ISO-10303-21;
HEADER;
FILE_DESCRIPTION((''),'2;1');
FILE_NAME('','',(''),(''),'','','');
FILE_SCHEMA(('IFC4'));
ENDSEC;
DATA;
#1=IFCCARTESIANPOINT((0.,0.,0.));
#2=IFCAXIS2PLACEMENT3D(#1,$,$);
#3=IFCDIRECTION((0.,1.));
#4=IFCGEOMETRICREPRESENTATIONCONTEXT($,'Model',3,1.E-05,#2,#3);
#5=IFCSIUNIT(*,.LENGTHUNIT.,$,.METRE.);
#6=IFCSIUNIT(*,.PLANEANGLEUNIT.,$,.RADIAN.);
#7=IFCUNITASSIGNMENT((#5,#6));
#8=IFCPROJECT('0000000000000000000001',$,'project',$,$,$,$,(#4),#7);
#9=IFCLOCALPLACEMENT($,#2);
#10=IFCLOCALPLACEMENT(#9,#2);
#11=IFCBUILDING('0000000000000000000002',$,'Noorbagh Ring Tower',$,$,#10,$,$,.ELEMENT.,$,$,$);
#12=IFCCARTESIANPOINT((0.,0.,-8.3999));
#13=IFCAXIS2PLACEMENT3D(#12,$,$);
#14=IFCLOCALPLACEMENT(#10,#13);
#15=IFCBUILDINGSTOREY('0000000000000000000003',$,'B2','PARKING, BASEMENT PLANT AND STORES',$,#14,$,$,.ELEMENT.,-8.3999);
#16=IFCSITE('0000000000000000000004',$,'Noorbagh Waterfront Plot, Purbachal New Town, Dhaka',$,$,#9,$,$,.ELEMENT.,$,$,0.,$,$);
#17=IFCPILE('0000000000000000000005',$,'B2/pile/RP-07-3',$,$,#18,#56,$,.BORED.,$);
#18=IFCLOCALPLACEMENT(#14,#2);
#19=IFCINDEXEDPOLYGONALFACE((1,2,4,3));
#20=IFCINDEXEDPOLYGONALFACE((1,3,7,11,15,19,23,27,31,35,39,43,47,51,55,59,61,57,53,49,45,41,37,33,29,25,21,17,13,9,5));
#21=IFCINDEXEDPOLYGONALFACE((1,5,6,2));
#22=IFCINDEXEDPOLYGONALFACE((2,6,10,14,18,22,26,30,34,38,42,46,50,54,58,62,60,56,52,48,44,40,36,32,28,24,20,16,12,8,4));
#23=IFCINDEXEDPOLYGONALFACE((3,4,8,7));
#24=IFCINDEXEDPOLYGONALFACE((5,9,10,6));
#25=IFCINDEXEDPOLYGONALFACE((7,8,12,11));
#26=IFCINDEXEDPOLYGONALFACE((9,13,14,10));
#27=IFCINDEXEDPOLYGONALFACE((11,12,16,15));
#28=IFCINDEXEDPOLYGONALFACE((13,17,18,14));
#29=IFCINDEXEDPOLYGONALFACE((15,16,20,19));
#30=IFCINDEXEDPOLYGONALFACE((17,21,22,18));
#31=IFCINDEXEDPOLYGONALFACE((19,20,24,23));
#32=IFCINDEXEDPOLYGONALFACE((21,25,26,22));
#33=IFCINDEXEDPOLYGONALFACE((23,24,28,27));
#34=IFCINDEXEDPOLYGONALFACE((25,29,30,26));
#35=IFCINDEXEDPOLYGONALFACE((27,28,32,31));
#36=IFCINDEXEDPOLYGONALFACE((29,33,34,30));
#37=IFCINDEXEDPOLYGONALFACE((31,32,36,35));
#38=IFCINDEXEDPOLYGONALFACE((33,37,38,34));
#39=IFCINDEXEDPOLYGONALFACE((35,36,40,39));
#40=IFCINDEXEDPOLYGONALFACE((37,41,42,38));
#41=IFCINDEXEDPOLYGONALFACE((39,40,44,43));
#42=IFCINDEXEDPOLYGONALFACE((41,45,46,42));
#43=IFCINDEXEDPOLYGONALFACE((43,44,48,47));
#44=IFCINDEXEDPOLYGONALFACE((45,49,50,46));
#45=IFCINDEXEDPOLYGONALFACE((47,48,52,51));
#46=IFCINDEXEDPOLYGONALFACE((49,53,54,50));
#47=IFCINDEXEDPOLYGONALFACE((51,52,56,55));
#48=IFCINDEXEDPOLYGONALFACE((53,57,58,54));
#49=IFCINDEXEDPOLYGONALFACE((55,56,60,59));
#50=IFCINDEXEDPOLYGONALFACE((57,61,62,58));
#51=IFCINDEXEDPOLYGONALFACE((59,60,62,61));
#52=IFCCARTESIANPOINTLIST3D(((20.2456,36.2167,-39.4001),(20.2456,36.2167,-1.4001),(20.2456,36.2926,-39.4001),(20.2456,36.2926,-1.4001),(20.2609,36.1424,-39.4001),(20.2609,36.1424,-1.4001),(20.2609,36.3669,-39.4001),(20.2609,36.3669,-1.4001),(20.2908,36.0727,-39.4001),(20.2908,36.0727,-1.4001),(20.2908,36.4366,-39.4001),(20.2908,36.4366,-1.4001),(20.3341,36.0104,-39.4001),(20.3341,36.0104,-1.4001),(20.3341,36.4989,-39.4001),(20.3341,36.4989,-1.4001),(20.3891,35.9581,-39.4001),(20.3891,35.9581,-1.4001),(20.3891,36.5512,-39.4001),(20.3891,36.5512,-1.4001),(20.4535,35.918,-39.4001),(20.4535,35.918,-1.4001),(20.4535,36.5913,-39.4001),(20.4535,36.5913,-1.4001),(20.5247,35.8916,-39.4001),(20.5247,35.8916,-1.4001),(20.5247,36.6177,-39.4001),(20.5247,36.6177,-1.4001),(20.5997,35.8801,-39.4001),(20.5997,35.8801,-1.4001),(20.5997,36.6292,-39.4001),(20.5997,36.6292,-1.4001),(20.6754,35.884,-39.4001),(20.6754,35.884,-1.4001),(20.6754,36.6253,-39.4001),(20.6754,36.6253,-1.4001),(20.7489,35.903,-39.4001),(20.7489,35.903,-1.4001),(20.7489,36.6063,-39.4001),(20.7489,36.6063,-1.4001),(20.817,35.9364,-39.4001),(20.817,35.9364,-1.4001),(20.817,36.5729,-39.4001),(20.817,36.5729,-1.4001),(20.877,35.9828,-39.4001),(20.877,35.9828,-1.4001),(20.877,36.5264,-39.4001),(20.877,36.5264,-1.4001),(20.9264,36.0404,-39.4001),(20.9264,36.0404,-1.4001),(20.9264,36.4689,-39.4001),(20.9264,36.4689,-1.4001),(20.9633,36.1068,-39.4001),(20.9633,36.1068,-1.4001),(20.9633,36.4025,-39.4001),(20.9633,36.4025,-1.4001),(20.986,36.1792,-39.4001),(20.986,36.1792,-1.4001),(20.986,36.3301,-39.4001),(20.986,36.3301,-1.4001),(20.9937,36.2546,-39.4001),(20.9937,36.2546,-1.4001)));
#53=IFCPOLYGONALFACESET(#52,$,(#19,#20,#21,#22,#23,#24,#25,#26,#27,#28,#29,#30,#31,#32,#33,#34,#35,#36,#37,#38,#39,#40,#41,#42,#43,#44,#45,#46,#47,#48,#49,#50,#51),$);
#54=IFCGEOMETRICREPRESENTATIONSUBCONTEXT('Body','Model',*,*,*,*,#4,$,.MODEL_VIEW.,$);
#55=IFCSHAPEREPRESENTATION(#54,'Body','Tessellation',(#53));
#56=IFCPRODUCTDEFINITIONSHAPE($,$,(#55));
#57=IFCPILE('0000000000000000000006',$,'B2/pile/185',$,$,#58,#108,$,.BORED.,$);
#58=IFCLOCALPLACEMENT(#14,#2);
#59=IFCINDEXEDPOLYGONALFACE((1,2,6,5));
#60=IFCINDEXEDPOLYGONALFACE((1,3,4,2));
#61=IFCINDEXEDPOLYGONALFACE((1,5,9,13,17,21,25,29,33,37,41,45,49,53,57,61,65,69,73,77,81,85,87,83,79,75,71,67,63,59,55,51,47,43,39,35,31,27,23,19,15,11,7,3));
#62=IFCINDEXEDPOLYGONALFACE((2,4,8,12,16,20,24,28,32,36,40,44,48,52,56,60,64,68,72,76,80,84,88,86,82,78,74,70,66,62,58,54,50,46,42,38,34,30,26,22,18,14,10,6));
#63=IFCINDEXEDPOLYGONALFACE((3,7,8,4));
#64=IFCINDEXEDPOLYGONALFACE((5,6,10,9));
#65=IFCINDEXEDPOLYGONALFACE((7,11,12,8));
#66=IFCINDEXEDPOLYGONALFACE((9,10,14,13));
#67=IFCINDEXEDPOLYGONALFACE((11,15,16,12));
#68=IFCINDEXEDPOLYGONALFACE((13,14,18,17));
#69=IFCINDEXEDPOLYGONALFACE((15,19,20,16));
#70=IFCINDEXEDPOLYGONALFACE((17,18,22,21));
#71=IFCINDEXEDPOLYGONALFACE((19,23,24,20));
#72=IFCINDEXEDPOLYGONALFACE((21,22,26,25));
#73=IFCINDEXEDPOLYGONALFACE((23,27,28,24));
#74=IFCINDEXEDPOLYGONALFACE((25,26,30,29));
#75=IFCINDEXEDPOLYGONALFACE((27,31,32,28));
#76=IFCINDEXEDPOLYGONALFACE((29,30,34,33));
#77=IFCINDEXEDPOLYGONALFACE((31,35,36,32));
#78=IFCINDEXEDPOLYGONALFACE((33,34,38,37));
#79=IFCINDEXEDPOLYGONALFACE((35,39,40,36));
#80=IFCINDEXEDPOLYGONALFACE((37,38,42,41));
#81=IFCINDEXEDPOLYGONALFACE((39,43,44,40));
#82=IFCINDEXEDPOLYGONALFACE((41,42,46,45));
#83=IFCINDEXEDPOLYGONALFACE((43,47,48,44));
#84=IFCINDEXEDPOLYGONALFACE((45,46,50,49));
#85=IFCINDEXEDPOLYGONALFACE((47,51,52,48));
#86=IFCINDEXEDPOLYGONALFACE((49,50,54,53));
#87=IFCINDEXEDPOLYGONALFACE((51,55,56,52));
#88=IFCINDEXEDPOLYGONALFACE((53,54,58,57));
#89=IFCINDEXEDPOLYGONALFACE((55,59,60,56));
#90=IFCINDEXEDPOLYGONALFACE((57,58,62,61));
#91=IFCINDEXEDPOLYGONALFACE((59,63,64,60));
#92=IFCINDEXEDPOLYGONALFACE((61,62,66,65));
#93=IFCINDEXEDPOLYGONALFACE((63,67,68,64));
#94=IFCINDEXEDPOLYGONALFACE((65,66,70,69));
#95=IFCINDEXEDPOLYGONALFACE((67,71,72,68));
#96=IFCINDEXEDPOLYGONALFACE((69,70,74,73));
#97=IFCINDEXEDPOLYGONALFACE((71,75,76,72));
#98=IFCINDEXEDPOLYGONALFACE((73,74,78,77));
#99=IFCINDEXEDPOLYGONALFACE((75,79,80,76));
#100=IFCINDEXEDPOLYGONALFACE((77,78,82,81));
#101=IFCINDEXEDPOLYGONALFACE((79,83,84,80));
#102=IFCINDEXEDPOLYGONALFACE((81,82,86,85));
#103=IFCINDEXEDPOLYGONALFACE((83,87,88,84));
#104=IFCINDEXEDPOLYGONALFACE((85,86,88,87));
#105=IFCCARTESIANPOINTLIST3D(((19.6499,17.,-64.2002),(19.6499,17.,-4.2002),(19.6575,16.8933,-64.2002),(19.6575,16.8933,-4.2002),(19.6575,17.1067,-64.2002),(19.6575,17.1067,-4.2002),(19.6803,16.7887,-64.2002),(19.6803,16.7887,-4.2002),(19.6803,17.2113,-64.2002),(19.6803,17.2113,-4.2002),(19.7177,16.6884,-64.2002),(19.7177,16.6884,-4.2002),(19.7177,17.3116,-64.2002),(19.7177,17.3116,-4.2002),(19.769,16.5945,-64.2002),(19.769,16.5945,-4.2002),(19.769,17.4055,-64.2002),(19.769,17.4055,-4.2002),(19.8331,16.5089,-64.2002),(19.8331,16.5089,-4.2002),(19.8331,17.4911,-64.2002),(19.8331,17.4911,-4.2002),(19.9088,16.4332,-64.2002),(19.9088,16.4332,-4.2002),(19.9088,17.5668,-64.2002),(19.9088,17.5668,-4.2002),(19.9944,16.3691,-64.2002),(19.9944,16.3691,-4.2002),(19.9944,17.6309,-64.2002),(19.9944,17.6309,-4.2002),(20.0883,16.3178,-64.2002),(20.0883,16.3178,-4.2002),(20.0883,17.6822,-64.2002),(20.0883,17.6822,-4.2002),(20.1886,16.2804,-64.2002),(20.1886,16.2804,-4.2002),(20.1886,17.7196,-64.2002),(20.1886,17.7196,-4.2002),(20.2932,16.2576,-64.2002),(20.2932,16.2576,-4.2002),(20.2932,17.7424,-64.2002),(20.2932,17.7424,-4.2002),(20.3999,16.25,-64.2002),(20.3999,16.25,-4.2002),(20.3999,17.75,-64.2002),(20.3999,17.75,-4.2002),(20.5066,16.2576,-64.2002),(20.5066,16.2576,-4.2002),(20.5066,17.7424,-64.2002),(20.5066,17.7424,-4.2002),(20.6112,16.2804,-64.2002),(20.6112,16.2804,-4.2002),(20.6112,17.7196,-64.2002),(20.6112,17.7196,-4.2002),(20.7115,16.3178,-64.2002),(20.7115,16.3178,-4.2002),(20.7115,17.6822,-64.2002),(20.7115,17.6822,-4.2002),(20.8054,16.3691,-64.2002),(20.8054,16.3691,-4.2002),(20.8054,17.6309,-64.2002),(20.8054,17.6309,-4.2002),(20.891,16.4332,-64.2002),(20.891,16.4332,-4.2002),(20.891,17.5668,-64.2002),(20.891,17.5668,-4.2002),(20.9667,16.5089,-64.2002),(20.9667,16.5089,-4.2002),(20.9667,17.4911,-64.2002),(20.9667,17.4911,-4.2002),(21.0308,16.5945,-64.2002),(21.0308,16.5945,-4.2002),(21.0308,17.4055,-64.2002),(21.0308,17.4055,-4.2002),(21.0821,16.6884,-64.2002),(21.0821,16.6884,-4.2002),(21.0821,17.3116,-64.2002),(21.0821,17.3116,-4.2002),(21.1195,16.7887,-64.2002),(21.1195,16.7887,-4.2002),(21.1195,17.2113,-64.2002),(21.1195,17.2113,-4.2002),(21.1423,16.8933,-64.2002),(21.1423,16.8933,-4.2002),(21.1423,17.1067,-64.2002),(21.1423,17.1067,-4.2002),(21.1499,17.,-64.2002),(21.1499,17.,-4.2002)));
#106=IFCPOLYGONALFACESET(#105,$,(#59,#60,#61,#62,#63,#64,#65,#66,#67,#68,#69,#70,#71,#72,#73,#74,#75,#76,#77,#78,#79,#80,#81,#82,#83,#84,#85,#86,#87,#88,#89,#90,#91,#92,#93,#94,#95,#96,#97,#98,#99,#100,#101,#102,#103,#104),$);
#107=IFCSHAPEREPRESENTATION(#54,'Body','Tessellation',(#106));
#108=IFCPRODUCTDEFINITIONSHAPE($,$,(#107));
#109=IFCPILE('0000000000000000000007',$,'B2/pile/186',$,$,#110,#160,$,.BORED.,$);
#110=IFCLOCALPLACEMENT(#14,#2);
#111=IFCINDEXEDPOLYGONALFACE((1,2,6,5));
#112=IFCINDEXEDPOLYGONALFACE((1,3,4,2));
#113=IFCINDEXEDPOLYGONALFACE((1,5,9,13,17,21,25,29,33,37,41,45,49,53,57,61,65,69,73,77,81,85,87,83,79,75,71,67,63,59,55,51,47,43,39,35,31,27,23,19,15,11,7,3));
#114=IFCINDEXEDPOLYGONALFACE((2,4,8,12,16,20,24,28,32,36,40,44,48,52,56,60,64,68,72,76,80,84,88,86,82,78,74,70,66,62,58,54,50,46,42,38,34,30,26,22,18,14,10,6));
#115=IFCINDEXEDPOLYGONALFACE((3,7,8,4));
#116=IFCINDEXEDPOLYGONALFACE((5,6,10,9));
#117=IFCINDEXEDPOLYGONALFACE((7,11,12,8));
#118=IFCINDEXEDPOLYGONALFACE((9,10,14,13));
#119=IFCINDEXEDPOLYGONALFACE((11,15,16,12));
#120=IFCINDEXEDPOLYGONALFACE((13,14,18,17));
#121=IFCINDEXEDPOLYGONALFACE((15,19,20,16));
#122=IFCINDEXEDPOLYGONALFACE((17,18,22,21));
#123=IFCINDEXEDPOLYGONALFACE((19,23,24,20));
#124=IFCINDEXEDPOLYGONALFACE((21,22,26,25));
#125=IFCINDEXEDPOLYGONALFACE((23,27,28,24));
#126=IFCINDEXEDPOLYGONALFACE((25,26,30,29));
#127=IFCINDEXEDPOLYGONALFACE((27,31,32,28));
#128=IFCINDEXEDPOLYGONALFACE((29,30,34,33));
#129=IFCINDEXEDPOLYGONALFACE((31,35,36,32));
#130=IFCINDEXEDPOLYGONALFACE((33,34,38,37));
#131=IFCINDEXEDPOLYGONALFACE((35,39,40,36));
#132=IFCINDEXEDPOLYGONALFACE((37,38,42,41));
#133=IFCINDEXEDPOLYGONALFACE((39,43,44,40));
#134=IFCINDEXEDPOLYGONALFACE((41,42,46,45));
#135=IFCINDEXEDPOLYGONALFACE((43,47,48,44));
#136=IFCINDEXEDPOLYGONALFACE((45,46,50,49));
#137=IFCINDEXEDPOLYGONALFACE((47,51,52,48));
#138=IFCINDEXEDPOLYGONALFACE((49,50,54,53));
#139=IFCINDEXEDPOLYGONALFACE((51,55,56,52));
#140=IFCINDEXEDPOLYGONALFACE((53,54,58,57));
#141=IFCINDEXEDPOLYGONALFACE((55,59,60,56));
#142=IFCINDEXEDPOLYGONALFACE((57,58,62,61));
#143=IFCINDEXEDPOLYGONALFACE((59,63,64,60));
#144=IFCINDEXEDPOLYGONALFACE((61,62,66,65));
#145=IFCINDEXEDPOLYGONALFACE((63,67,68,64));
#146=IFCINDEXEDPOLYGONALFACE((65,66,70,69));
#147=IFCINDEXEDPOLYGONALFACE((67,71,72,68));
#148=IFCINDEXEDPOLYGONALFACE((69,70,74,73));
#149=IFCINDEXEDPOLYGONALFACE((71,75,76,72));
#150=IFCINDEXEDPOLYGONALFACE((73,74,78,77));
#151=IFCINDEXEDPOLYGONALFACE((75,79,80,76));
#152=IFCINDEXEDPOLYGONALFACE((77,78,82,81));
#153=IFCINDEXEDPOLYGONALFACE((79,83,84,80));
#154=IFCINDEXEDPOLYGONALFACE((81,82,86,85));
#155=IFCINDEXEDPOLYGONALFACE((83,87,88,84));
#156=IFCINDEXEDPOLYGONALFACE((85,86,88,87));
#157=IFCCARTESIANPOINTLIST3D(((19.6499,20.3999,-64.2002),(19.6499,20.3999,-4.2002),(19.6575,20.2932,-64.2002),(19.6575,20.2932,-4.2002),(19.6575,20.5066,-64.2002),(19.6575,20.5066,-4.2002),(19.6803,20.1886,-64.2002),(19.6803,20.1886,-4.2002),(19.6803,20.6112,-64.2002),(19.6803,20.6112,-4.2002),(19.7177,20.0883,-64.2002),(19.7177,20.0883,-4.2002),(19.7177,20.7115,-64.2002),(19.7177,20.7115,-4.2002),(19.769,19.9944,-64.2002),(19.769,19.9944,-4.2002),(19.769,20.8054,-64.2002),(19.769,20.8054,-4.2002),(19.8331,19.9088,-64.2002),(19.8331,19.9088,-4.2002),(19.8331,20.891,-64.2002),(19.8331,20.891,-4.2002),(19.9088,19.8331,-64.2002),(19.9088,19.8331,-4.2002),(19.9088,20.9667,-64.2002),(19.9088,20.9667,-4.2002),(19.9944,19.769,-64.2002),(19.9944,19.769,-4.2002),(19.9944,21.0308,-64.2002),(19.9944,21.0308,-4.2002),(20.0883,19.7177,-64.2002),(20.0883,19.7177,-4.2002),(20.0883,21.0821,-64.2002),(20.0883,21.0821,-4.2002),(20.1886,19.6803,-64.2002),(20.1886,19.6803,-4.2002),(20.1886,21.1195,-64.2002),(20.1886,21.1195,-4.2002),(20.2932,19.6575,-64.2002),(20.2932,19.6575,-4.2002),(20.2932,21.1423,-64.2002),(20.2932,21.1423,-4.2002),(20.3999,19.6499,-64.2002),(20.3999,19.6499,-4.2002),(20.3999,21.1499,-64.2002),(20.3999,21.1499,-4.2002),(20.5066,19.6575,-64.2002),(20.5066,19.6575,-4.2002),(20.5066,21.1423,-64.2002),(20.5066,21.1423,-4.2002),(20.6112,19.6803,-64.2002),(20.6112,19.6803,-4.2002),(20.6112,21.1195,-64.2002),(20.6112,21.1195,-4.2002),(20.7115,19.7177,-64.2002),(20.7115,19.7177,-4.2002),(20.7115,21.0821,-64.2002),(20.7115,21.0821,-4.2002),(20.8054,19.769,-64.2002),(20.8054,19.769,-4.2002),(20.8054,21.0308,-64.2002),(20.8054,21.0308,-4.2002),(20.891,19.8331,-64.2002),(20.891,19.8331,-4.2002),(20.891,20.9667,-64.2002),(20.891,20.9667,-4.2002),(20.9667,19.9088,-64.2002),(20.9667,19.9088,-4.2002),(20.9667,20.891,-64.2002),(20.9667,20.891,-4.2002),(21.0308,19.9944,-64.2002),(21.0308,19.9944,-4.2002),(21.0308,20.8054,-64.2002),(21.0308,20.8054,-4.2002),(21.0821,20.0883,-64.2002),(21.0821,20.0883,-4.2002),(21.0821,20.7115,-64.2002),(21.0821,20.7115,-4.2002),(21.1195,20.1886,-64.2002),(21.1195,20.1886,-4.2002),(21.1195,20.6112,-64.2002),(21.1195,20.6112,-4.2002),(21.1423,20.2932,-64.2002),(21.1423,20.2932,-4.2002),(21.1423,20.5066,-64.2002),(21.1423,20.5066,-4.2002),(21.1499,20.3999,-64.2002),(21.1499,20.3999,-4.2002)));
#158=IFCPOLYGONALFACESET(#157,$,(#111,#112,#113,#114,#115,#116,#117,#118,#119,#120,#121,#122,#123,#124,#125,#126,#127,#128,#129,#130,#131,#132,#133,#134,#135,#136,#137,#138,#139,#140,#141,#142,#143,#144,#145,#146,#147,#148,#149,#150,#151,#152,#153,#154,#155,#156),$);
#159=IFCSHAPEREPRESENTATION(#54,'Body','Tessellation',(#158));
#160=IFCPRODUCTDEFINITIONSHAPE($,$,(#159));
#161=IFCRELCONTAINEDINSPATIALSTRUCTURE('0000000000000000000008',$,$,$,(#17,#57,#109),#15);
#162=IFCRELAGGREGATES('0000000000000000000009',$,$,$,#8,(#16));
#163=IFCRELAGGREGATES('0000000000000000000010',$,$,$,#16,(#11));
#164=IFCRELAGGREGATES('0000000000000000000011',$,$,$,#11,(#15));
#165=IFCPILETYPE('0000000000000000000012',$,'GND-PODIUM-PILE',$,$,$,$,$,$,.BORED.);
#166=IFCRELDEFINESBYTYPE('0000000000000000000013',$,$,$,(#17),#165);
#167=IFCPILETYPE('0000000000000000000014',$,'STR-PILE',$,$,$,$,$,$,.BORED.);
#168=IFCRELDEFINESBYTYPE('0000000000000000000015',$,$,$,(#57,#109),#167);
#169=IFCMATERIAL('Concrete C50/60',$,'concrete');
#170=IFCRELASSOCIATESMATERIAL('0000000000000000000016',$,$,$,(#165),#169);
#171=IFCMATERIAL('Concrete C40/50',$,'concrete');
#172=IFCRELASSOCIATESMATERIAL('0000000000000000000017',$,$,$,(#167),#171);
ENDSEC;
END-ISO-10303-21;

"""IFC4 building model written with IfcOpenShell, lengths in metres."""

from ifc_helpers import new_model, si_unit, direction, frame, origin, origin_2d, place, context, subcontext, project, spatial, circle, extrude, material, material_profile, profile_set, type_object, element, save


model = new_model("IFC4")

# Units and contexts
model_context = context("Model", 3, precision=1e-05, world=origin(), true_north=direction((0.0, 1.0)))
body_context = subcontext(model_context, "Body", "Model", "MODEL_VIEW")
ifc_project = project(units=[si_unit("LENGTHUNIT", "METRE"), si_unit("PLANEANGLEUNIT", "RADIAN")], contexts=[model_context])

# Site, building, storey
site_placement = place(None, origin())
site = spatial("IfcSite", under=ifc_project, at=site_placement, Name="Noorbagh Waterfront Plot, Purbachal New Town, Dhaka", CompositionType="ELEMENT", RefElevation=0.0)
building_placement = place(site_placement, origin())
building = spatial("IfcBuilding", under=site, at=building_placement, Name="Noorbagh Ring Tower", CompositionType="ELEMENT")
storey_placement = place(building_placement, frame((0.0, 0.0, -8.3999)))
storey = spatial("IfcBuildingStorey", under=building, at=storey_placement, Name="B2", Description="PARKING, BASEMENT PLANT AND STORES", CompositionType="ELEMENT", Elevation=-8.3999)

# Piles
ifc_material_1 = material(Name="Concrete C50/60", Category="concrete")
ifc_material_profile_1 = material_profile(ifc_material_1, circle(Radius=0.375, at=origin_2d()), Name="PILE750")
ifc_profile_set_1 = profile_set([ifc_material_profile_1], Name="Concrete C50/60")
pile_type_1 = type_object("IfcPileType", Name="GND-PODIUM-PILE", PredefinedType="BORED", material=ifc_profile_set_1)
for number, where, z_axis, x_axis, name in (
    (1, (20.6187, 36.2546, -1.4001), (0.0, 0.0, -1.0), (1.0, 0.0, 0.0), "B2/pile/RP-07-3"),
):
    element("IfcPile", number, at=place(storey_placement, frame(where, z_axis=z_axis, x_axis=x_axis)), inside=storey, type_object=pile_type_1, Name=name, PredefinedType="BORED", context=body_context, shape_type="SweptSolid", body=[
        extrude(circle(Radius=0.375, at=origin_2d()), origin(), (0.0, 0.0, 1.0), 38.0),
    ])
ifc_material_2 = material(Name="Concrete C40/50", Category="concrete")
ifc_material_profile_2 = material_profile(ifc_material_2, circle(Radius=0.75, at=origin_2d()), Name="PILE1500")
ifc_profile_set_2 = profile_set([ifc_material_profile_2], Name="Concrete C40/50")
pile_type_2 = type_object("IfcPileType", Name="STR-PILE", PredefinedType="BORED", material=ifc_profile_set_2)
for number, where, z_axis, x_axis, name in (
    (2, (20.3999, 17.0, -4.2002), (0.0, 0.0, -1.0), (1.0, 0.0, 0.0), "B2/pile/185"),
    (3, (20.3999, 20.3999, -4.2002), (0.0, 0.0, -1.0), (1.0, 0.0, 0.0), "B2/pile/186"),
):
    element("IfcPile", number, at=place(storey_placement, frame(where, z_axis=z_axis, x_axis=x_axis)), inside=storey, type_object=pile_type_2, Name=name, PredefinedType="BORED", context=body_context, shape_type="SweptSolid", body=[
        extrude(circle(Radius=0.75, at=origin_2d()), origin(), (0.0, 0.0, 1.0), 60.0),
    ])

save(model, "model.ifc")
